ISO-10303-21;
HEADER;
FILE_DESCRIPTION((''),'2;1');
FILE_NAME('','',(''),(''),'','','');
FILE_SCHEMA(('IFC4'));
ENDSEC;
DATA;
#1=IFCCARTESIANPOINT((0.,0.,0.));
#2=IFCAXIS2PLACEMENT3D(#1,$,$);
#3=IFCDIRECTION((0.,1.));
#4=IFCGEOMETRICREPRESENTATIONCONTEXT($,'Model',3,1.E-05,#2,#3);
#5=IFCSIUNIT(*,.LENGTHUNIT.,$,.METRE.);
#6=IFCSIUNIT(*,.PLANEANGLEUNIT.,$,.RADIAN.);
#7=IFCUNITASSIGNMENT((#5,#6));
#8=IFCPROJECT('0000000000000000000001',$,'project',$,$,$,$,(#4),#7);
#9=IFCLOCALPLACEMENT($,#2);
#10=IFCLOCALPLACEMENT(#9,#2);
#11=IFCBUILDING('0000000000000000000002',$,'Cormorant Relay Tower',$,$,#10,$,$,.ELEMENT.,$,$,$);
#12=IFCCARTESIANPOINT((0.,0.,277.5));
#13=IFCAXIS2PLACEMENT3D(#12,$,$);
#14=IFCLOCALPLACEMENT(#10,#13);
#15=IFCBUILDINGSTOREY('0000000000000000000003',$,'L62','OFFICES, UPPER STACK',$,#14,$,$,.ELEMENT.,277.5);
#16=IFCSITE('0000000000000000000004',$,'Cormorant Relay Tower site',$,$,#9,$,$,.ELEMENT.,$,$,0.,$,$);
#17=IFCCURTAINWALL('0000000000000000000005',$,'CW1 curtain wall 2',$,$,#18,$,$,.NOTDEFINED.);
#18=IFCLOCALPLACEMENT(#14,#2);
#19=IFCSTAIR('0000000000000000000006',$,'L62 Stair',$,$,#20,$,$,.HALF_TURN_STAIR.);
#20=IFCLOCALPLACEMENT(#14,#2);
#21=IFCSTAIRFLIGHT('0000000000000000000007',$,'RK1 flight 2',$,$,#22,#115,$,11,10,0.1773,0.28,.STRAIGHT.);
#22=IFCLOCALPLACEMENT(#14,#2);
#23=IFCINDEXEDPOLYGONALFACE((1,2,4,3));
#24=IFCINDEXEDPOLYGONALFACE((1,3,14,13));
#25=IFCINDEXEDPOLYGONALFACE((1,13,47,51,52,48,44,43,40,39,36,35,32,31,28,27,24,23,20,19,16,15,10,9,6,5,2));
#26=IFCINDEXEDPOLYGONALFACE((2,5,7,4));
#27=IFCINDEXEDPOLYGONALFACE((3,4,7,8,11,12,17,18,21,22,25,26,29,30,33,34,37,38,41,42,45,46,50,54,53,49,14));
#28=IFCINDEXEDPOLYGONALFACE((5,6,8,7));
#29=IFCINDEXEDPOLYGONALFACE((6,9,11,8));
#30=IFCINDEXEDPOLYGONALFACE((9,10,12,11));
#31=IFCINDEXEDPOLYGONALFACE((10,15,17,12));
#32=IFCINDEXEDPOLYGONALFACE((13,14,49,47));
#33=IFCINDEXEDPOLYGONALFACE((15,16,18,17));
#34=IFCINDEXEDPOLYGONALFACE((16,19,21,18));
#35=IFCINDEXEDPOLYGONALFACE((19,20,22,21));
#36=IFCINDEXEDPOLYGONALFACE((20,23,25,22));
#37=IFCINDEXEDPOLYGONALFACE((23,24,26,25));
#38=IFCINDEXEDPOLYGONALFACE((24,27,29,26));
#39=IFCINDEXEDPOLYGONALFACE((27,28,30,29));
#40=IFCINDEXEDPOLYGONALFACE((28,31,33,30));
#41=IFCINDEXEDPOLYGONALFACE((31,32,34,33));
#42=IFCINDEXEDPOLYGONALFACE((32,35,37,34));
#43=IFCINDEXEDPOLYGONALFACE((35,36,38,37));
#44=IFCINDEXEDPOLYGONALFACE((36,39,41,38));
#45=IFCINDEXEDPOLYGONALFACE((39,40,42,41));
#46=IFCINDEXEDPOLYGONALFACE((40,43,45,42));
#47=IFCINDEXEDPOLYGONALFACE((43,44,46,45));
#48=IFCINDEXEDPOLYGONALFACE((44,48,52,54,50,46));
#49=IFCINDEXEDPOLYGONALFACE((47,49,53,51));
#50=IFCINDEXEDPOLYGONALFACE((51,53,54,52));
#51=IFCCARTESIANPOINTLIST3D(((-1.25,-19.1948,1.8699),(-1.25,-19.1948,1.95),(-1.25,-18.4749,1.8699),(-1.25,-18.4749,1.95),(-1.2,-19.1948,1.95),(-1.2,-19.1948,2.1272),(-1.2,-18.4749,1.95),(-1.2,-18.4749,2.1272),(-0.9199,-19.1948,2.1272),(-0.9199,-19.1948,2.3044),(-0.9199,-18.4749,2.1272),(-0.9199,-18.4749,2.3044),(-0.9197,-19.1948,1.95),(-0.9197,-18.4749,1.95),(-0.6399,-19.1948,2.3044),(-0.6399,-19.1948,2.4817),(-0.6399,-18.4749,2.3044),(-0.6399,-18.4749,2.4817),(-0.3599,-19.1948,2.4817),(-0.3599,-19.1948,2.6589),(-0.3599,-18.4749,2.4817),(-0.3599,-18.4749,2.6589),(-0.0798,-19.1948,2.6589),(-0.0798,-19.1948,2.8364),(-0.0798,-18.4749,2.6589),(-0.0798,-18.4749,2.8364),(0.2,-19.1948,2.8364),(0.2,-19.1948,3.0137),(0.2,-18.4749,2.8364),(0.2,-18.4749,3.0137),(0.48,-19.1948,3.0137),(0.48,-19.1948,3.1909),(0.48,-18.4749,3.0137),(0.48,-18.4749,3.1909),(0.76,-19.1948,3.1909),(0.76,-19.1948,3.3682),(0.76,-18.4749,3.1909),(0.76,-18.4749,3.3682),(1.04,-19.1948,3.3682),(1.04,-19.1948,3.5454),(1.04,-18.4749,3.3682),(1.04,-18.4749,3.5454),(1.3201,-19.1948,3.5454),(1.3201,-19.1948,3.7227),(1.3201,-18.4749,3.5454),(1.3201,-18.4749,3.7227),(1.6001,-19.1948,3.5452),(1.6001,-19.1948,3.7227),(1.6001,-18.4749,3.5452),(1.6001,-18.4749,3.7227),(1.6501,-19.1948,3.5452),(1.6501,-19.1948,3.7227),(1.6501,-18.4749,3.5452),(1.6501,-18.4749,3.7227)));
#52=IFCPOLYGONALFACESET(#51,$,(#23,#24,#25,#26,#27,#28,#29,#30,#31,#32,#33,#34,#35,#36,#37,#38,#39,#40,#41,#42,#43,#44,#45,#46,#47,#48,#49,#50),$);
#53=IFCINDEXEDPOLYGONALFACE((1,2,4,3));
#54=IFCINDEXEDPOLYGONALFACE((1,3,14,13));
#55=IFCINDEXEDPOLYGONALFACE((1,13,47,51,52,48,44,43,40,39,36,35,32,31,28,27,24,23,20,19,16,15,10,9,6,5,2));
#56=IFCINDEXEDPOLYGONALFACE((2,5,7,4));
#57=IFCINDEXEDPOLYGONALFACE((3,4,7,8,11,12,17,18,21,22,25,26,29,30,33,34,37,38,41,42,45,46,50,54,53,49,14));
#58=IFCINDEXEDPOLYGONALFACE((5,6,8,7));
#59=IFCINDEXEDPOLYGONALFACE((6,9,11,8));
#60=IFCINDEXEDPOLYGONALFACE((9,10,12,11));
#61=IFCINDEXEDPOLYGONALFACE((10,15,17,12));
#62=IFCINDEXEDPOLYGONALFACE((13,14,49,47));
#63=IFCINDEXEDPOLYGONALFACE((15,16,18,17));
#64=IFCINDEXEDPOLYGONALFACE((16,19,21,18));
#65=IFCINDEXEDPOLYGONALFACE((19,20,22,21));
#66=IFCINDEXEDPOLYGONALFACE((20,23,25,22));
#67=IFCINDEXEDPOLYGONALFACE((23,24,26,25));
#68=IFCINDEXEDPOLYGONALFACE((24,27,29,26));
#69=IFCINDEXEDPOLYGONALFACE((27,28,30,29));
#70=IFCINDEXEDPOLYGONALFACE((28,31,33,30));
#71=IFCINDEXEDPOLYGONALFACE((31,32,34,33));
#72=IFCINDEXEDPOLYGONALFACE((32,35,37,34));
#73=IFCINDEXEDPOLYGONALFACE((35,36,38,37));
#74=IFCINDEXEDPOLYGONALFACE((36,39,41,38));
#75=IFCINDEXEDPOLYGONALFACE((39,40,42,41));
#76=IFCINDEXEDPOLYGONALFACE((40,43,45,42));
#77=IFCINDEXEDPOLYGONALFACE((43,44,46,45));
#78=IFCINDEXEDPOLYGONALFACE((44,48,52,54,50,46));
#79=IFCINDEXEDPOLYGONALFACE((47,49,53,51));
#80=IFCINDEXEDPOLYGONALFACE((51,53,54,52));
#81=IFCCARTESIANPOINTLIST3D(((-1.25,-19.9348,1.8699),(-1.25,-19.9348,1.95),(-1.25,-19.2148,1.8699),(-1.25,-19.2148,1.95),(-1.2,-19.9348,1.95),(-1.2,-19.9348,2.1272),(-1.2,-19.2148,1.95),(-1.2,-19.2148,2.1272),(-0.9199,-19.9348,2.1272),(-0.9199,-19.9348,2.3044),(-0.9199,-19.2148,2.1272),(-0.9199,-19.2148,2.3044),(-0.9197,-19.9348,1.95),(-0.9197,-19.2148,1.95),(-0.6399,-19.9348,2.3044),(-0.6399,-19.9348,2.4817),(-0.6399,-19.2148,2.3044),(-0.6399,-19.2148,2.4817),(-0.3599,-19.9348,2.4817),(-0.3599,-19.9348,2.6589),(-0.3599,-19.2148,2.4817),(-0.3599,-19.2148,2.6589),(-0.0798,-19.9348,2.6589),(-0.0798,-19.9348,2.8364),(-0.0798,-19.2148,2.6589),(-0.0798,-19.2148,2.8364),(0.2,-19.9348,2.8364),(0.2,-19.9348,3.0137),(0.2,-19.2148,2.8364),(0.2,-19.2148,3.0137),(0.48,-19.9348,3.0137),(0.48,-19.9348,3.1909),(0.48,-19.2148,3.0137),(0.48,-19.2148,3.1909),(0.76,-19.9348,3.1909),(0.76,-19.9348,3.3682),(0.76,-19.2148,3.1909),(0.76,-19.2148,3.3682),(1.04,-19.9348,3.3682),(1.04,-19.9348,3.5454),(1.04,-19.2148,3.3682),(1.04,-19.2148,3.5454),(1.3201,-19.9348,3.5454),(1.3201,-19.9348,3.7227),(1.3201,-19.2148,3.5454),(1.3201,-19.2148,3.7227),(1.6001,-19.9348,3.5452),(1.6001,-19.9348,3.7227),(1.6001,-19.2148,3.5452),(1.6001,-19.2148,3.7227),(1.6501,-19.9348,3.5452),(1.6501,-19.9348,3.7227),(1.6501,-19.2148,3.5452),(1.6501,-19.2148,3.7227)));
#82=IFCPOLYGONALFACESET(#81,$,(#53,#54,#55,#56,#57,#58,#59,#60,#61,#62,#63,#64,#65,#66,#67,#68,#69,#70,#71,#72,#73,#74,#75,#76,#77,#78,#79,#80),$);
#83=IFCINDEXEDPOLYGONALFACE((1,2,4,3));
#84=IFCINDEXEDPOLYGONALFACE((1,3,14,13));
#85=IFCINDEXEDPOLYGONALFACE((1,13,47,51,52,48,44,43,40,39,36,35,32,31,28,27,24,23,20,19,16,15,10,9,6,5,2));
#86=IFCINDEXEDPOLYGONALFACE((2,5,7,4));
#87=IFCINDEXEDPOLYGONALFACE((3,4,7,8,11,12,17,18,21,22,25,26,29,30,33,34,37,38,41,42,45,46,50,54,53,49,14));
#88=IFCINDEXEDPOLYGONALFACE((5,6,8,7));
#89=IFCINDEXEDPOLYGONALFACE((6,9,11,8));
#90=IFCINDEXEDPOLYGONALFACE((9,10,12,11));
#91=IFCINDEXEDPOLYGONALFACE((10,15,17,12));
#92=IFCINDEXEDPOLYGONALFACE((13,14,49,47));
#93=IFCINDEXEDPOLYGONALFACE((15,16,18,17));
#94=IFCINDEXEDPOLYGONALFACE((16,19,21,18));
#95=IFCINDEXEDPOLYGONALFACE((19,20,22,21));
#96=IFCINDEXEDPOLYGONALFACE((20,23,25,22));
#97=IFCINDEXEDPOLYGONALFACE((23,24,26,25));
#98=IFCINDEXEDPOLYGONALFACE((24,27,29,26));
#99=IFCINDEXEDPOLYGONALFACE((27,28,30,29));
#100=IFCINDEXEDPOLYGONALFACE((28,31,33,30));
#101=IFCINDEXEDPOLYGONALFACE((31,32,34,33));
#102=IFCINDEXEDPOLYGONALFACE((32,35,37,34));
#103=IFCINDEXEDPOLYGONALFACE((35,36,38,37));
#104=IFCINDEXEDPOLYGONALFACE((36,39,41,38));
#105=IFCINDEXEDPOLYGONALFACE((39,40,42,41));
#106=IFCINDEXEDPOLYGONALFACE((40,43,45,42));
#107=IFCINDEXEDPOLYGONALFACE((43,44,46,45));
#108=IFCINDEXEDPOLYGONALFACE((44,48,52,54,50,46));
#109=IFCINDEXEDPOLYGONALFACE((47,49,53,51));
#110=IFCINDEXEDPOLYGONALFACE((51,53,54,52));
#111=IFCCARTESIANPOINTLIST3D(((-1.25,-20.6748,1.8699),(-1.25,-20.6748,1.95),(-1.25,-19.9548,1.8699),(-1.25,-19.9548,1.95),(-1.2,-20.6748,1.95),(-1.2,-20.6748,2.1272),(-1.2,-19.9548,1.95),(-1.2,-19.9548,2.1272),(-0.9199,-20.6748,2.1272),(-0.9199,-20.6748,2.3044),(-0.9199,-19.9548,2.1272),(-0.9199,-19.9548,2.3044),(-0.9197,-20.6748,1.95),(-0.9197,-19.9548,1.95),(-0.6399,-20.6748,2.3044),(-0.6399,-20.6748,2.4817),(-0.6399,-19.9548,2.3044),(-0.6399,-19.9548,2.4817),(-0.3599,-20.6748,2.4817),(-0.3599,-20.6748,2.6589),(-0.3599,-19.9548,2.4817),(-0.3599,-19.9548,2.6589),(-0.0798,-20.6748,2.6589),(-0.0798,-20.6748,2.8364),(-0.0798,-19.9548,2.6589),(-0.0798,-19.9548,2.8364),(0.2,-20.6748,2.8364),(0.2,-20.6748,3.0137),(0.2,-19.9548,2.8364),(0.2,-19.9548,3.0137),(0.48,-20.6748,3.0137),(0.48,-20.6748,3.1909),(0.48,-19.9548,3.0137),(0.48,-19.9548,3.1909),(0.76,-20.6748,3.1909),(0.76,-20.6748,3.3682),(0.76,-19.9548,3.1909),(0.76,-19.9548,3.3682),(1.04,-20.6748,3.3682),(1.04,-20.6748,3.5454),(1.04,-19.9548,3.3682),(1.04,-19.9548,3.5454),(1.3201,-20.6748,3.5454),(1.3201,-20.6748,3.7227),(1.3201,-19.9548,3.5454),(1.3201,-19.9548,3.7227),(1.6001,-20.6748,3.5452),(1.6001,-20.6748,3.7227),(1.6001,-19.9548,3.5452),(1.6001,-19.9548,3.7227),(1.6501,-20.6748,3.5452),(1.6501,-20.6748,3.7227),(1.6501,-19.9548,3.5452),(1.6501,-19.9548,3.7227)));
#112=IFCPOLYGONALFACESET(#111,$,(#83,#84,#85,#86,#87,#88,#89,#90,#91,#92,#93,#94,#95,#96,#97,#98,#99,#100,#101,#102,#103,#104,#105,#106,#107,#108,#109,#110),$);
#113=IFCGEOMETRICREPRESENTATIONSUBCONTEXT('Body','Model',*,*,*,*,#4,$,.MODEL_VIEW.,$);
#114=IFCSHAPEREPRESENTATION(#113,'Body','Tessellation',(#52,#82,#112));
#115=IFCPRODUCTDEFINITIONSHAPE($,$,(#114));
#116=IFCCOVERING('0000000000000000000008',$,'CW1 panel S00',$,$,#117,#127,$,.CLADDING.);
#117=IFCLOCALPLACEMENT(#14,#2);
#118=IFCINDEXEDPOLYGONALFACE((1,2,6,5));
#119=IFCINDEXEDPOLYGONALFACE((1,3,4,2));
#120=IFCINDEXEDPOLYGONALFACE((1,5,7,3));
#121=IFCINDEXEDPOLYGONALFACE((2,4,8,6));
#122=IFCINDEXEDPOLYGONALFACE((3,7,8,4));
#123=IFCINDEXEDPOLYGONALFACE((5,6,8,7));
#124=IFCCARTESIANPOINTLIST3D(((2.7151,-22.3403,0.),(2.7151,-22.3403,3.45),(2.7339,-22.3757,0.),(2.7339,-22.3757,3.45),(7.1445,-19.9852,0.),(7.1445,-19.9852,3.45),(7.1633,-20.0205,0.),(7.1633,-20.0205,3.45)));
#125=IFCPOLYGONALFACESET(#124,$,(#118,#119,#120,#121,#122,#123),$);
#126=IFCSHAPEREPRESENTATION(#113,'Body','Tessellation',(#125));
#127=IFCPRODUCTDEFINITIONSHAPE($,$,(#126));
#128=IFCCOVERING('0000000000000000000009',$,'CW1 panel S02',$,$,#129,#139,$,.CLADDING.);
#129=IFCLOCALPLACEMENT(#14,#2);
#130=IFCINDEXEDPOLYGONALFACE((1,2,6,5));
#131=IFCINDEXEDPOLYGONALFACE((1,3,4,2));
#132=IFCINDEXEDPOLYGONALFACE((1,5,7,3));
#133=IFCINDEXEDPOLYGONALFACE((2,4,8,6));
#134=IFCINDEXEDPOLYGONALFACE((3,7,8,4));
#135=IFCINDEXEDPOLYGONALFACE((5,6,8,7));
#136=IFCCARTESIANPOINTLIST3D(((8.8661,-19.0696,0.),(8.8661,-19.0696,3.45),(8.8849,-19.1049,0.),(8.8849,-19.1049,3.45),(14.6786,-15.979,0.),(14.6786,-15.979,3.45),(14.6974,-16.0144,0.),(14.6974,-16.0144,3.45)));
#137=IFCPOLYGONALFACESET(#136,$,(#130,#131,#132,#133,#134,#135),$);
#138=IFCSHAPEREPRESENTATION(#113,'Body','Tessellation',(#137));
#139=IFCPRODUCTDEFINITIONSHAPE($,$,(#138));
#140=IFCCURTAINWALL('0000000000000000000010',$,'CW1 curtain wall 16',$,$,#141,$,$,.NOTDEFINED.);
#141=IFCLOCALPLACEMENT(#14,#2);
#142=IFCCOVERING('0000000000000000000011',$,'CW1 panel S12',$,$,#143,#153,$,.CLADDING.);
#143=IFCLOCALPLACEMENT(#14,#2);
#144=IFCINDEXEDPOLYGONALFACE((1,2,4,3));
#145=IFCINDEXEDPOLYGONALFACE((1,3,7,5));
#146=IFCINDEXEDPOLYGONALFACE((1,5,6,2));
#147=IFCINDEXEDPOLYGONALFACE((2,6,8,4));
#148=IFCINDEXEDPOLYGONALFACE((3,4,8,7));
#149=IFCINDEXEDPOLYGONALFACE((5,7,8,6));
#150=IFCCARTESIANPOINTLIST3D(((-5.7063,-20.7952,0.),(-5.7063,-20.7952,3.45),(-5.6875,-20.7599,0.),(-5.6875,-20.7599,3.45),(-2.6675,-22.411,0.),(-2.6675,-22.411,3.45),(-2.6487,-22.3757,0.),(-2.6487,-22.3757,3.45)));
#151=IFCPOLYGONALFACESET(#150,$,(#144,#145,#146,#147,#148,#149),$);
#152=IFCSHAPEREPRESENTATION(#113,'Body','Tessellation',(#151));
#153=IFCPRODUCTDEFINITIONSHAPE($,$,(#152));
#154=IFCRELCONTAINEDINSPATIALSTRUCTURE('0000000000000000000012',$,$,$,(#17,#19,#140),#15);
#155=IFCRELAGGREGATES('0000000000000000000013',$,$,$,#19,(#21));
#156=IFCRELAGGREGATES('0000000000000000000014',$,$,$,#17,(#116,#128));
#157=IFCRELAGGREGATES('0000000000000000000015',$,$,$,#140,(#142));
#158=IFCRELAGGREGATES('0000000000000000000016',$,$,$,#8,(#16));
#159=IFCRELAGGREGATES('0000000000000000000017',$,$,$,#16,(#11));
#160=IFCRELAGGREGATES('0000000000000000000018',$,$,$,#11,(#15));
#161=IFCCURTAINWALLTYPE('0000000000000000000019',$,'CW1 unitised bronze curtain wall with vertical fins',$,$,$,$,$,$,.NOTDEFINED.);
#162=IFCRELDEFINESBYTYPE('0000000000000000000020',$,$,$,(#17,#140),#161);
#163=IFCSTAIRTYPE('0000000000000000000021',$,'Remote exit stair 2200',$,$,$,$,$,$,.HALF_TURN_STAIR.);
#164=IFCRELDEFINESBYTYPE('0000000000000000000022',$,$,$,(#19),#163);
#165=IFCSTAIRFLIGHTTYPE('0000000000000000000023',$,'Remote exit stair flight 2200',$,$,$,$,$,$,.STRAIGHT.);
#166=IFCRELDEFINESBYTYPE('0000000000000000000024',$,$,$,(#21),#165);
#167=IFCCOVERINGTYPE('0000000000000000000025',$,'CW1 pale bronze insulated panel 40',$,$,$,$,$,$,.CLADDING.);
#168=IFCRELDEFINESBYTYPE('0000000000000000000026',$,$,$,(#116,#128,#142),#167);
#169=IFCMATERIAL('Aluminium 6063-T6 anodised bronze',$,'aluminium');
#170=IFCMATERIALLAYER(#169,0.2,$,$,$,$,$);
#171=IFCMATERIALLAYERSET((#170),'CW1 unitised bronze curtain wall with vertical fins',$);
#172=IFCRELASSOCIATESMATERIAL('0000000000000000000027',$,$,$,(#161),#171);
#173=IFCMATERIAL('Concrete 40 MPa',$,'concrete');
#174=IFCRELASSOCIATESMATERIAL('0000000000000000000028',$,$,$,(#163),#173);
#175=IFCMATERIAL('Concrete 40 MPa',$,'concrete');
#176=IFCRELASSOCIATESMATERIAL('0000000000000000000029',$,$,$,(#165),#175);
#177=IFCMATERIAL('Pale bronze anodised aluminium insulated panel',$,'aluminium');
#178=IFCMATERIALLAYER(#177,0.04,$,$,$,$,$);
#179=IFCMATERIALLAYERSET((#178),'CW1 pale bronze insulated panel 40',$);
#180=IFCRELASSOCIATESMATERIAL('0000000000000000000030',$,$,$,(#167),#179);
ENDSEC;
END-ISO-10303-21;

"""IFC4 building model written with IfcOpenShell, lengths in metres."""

from ifc_helpers import new_model, si_unit, direction, frame, origin, origin_2d, place, context, subcontext, project, spatial, polyline, rectangle, outline, extrude, material, layer, layer_set, type_object, element, aggregate, save


model = new_model("IFC4")

# Units and contexts
model_context = context("Model", 3, precision=1e-05, world=origin(), true_north=direction((0.0, 1.0)))
body_context = subcontext(model_context, "Body", "Model", "MODEL_VIEW")
ifc_project = project(units=[si_unit("LENGTHUNIT", "METRE"), si_unit("PLANEANGLEUNIT", "RADIAN")], contexts=[model_context])

# Site, building, storey
site_placement = place(None, origin())
site = spatial("IfcSite", under=ifc_project, at=site_placement, Name="Cormorant Relay Tower site", CompositionType="ELEMENT", RefElevation=0.0)
building_placement = place(site_placement, origin())
building = spatial("IfcBuilding", under=site, at=building_placement, Name="Cormorant Relay Tower", CompositionType="ELEMENT")
storey_placement = place(building_placement, frame((0.0, 0.0, 277.5)))
storey = spatial("IfcBuildingStorey", under=building, at=storey_placement, Name="L62", Description="OFFICES, UPPER STACK", CompositionType="ELEMENT", Elevation=277.5)

# Shared definitions
ifc_material_1 = material(Name="Aluminium 6063-T6 anodised bronze", Category="aluminium")
ifc_layer_1 = layer(ifc_material_1, 0.2)
ifc_layer_set_1 = layer_set([ifc_layer_1], Name="CW1 unitised bronze curtain wall with vertical fins")
curtain_wall_type = type_object("IfcCurtainWallType", Name="CW1 unitised bronze curtain wall with vertical fins", PredefinedType="NOTDEFINED", material=ifc_layer_set_1)

# Curtain wall
curtain_wall_1_placement = place(storey_placement, origin())
curtain_wall_1 = element("IfcCurtainWall", 1, at=curtain_wall_1_placement, inside=storey, type_object=curtain_wall_type, Name="CW1 curtain wall 2", PredefinedType="NOTDEFINED")

# Stair, stair flight
ifc_material_2 = material(Name="Concrete 40 MPa", Category="concrete")
stair_type = type_object("IfcStairType", Name="Remote exit stair 2200", PredefinedType="HALF_TURN_STAIR", material=ifc_material_2)
stair_placement = place(storey_placement, origin())
stair = element("IfcStair", 2, at=stair_placement, inside=storey, type_object=stair_type, Name="L62 Stair", PredefinedType="HALF_TURN_STAIR")
ifc_material_3 = material(Name="Concrete 40 MPa", Category="concrete")
stair_flight_type = type_object("IfcStairFlightType", Name="Remote exit stair flight 2200", PredefinedType="STRAIGHT", material=ifc_material_3)
stair_flight_placement = place(storey_placement, frame((-1.2, -19.575, 1.95), z_axis=(0.0, 0.0, 1.0), x_axis=(1.0, 0.0, 0.0)))
stair_flight = element("IfcStairFlight", 3, at=stair_flight_placement, type_object=stair_flight_type, Name="RK1 flight 2", NumberOfRisers=11, NumberOfTreads=10, PredefinedType="STRAIGHT", RiserHeight=0.1773, TreadLength=0.28, context=body_context, shape_type="SweptSolid", body=[
    extrude(outline(polyline([(-0.05, -0.0801), (-0.05, 0.0), (0.0, 0.0), (0.0, 0.1772), (0.28, 0.1772), (0.28, 0.3545), (0.5601, 0.3545), (0.5601, 0.5317), (0.8401, 0.5317), (0.8401, 0.709), (1.1201, 0.709), (1.1201, 0.8865), (1.3999, 0.8865), (1.3999, 1.0637), (1.6799, 1.0637), (1.6799, 1.241), (1.96, 1.241), (1.96, 1.4182), (2.24, 1.4182), (2.24, 1.5955), (2.52, 1.5955), (2.52, 1.7727), (2.8, 1.7727), (2.8501, 1.7727), (2.8501, 1.5952), (2.8, 1.5952), (0.2803, 0.0), (-0.05, -0.0801)])), frame((0.0, 1.1001, 0.0), z_axis=(0.0, -1.0, 0.0), x_axis=(1.0, 0.0, 0.0)), (0.0, 0.0, 1.0), 0.72),
    extrude(outline(polyline([(-0.05, -0.0801), (-0.05, 0.0), (0.0, 0.0), (0.0, 0.1772), (0.28, 0.1772), (0.28, 0.3545), (0.5601, 0.3545), (0.5601, 0.5317), (0.8401, 0.5317), (0.8401, 0.709), (1.1201, 0.709), (1.1201, 0.8865), (1.3999, 0.8865), (1.3999, 1.0637), (1.6799, 1.0637), (1.6799, 1.241), (1.96, 1.241), (1.96, 1.4182), (2.24, 1.4182), (2.24, 1.5955), (2.52, 1.5955), (2.52, 1.7727), (2.8, 1.7727), (2.8501, 1.7727), (2.8501, 1.5952), (2.8, 1.5952), (0.2803, 0.0), (-0.05, -0.0801)])), frame((0.0, 0.3601, 0.0), z_axis=(0.0, -1.0, 0.0), x_axis=(1.0, 0.0, 0.0)), (0.0, 0.0, 1.0), 0.72),
    extrude(outline(polyline([(-0.05, -0.0801), (-0.05, 0.0), (0.0, 0.0), (0.0, 0.1772), (0.28, 0.1772), (0.28, 0.3545), (0.5601, 0.3545), (0.5601, 0.5317), (0.8401, 0.5317), (0.8401, 0.709), (1.1201, 0.709), (1.1201, 0.8865), (1.3999, 0.8865), (1.3999, 1.0637), (1.6799, 1.0637), (1.6799, 1.241), (1.96, 1.241), (1.96, 1.4182), (2.24, 1.4182), (2.24, 1.5955), (2.52, 1.5955), (2.52, 1.7727), (2.8, 1.7727), (2.8501, 1.7727), (2.8501, 1.5952), (2.8, 1.5952), (0.2803, 0.0), (-0.05, -0.0801)])), frame((0.0, -0.3799, 0.0), z_axis=(0.0, -1.0, 0.0), x_axis=(1.0, 0.0, 0.0)), (0.0, 0.0, 1.0), 0.72),
])
aggregate(stair, [stair_flight])

# Coverings
ifc_material_4 = material(Name="Pale bronze anodised aluminium insulated panel", Category="aluminium")
ifc_layer_2 = layer(ifc_material_4, 0.04)
ifc_layer_set_2 = layer_set([ifc_layer_2], Name="CW1 pale bronze insulated panel 40")
covering_type = type_object("IfcCoveringType", Name="CW1 pale bronze insulated panel 40", PredefinedType="CLADDING", material=ifc_layer_set_2)
covering_1_placement = place(storey_placement, frame((4.9392, -21.1804, 0.0), z_axis=(0.0, 0.0, 1.0), x_axis=(0.882948, 0.469472, 0.0)))
covering_1 = element("IfcCovering", 4, at=covering_1_placement, type_object=covering_type, Name="CW1 panel S00", PredefinedType="CLADDING", context=body_context, shape_type="SweptSolid", body=[
    extrude(rectangle(XDim=5.0166, YDim=0.04, at=origin_2d()), origin(), (0.0, 0.0, 1.0), 3.45),
])
covering_2_placement = place(storey_placement, frame((11.7817, -17.542, 0.0), z_axis=(0.0, 0.0, 1.0), x_axis=(0.882948, 0.469472, 0.0)))
covering_2 = element("IfcCovering", 5, at=covering_2_placement, type_object=covering_type, Name="CW1 panel S02", PredefinedType="CLADDING", context=body_context, shape_type="SweptSolid", body=[
    extrude(rectangle(XDim=6.583, YDim=0.04, at=origin_2d()), origin(), (0.0, 0.0, 1.0), 3.45),
])
aggregate(curtain_wall_1, [covering_1, covering_2])

# Curtain wall, covering
curtain_wall_2_placement = place(storey_placement, origin())
curtain_wall_2 = element("IfcCurtainWall", 6, at=curtain_wall_2_placement, inside=storey, type_object=curtain_wall_type, Name="CW1 curtain wall 16", PredefinedType="NOTDEFINED")
covering_3_placement = place(storey_placement, frame((-4.1775, -21.5854, 0.0), z_axis=(0.0, 0.0, 1.0), x_axis=(0.882948, -0.469472, 0.0)))
covering_3 = element("IfcCovering", 7, at=covering_3_placement, type_object=covering_type, Name="CW1 panel S12", PredefinedType="CLADDING", context=body_context, shape_type="SweptSolid", body=[
    extrude(rectangle(XDim=3.4417, YDim=0.04, at=origin_2d()), origin(), (0.0, 0.0, 1.0), 3.45),
])
aggregate(curtain_wall_2, [covering_3])

save(model, "model.ifc")
